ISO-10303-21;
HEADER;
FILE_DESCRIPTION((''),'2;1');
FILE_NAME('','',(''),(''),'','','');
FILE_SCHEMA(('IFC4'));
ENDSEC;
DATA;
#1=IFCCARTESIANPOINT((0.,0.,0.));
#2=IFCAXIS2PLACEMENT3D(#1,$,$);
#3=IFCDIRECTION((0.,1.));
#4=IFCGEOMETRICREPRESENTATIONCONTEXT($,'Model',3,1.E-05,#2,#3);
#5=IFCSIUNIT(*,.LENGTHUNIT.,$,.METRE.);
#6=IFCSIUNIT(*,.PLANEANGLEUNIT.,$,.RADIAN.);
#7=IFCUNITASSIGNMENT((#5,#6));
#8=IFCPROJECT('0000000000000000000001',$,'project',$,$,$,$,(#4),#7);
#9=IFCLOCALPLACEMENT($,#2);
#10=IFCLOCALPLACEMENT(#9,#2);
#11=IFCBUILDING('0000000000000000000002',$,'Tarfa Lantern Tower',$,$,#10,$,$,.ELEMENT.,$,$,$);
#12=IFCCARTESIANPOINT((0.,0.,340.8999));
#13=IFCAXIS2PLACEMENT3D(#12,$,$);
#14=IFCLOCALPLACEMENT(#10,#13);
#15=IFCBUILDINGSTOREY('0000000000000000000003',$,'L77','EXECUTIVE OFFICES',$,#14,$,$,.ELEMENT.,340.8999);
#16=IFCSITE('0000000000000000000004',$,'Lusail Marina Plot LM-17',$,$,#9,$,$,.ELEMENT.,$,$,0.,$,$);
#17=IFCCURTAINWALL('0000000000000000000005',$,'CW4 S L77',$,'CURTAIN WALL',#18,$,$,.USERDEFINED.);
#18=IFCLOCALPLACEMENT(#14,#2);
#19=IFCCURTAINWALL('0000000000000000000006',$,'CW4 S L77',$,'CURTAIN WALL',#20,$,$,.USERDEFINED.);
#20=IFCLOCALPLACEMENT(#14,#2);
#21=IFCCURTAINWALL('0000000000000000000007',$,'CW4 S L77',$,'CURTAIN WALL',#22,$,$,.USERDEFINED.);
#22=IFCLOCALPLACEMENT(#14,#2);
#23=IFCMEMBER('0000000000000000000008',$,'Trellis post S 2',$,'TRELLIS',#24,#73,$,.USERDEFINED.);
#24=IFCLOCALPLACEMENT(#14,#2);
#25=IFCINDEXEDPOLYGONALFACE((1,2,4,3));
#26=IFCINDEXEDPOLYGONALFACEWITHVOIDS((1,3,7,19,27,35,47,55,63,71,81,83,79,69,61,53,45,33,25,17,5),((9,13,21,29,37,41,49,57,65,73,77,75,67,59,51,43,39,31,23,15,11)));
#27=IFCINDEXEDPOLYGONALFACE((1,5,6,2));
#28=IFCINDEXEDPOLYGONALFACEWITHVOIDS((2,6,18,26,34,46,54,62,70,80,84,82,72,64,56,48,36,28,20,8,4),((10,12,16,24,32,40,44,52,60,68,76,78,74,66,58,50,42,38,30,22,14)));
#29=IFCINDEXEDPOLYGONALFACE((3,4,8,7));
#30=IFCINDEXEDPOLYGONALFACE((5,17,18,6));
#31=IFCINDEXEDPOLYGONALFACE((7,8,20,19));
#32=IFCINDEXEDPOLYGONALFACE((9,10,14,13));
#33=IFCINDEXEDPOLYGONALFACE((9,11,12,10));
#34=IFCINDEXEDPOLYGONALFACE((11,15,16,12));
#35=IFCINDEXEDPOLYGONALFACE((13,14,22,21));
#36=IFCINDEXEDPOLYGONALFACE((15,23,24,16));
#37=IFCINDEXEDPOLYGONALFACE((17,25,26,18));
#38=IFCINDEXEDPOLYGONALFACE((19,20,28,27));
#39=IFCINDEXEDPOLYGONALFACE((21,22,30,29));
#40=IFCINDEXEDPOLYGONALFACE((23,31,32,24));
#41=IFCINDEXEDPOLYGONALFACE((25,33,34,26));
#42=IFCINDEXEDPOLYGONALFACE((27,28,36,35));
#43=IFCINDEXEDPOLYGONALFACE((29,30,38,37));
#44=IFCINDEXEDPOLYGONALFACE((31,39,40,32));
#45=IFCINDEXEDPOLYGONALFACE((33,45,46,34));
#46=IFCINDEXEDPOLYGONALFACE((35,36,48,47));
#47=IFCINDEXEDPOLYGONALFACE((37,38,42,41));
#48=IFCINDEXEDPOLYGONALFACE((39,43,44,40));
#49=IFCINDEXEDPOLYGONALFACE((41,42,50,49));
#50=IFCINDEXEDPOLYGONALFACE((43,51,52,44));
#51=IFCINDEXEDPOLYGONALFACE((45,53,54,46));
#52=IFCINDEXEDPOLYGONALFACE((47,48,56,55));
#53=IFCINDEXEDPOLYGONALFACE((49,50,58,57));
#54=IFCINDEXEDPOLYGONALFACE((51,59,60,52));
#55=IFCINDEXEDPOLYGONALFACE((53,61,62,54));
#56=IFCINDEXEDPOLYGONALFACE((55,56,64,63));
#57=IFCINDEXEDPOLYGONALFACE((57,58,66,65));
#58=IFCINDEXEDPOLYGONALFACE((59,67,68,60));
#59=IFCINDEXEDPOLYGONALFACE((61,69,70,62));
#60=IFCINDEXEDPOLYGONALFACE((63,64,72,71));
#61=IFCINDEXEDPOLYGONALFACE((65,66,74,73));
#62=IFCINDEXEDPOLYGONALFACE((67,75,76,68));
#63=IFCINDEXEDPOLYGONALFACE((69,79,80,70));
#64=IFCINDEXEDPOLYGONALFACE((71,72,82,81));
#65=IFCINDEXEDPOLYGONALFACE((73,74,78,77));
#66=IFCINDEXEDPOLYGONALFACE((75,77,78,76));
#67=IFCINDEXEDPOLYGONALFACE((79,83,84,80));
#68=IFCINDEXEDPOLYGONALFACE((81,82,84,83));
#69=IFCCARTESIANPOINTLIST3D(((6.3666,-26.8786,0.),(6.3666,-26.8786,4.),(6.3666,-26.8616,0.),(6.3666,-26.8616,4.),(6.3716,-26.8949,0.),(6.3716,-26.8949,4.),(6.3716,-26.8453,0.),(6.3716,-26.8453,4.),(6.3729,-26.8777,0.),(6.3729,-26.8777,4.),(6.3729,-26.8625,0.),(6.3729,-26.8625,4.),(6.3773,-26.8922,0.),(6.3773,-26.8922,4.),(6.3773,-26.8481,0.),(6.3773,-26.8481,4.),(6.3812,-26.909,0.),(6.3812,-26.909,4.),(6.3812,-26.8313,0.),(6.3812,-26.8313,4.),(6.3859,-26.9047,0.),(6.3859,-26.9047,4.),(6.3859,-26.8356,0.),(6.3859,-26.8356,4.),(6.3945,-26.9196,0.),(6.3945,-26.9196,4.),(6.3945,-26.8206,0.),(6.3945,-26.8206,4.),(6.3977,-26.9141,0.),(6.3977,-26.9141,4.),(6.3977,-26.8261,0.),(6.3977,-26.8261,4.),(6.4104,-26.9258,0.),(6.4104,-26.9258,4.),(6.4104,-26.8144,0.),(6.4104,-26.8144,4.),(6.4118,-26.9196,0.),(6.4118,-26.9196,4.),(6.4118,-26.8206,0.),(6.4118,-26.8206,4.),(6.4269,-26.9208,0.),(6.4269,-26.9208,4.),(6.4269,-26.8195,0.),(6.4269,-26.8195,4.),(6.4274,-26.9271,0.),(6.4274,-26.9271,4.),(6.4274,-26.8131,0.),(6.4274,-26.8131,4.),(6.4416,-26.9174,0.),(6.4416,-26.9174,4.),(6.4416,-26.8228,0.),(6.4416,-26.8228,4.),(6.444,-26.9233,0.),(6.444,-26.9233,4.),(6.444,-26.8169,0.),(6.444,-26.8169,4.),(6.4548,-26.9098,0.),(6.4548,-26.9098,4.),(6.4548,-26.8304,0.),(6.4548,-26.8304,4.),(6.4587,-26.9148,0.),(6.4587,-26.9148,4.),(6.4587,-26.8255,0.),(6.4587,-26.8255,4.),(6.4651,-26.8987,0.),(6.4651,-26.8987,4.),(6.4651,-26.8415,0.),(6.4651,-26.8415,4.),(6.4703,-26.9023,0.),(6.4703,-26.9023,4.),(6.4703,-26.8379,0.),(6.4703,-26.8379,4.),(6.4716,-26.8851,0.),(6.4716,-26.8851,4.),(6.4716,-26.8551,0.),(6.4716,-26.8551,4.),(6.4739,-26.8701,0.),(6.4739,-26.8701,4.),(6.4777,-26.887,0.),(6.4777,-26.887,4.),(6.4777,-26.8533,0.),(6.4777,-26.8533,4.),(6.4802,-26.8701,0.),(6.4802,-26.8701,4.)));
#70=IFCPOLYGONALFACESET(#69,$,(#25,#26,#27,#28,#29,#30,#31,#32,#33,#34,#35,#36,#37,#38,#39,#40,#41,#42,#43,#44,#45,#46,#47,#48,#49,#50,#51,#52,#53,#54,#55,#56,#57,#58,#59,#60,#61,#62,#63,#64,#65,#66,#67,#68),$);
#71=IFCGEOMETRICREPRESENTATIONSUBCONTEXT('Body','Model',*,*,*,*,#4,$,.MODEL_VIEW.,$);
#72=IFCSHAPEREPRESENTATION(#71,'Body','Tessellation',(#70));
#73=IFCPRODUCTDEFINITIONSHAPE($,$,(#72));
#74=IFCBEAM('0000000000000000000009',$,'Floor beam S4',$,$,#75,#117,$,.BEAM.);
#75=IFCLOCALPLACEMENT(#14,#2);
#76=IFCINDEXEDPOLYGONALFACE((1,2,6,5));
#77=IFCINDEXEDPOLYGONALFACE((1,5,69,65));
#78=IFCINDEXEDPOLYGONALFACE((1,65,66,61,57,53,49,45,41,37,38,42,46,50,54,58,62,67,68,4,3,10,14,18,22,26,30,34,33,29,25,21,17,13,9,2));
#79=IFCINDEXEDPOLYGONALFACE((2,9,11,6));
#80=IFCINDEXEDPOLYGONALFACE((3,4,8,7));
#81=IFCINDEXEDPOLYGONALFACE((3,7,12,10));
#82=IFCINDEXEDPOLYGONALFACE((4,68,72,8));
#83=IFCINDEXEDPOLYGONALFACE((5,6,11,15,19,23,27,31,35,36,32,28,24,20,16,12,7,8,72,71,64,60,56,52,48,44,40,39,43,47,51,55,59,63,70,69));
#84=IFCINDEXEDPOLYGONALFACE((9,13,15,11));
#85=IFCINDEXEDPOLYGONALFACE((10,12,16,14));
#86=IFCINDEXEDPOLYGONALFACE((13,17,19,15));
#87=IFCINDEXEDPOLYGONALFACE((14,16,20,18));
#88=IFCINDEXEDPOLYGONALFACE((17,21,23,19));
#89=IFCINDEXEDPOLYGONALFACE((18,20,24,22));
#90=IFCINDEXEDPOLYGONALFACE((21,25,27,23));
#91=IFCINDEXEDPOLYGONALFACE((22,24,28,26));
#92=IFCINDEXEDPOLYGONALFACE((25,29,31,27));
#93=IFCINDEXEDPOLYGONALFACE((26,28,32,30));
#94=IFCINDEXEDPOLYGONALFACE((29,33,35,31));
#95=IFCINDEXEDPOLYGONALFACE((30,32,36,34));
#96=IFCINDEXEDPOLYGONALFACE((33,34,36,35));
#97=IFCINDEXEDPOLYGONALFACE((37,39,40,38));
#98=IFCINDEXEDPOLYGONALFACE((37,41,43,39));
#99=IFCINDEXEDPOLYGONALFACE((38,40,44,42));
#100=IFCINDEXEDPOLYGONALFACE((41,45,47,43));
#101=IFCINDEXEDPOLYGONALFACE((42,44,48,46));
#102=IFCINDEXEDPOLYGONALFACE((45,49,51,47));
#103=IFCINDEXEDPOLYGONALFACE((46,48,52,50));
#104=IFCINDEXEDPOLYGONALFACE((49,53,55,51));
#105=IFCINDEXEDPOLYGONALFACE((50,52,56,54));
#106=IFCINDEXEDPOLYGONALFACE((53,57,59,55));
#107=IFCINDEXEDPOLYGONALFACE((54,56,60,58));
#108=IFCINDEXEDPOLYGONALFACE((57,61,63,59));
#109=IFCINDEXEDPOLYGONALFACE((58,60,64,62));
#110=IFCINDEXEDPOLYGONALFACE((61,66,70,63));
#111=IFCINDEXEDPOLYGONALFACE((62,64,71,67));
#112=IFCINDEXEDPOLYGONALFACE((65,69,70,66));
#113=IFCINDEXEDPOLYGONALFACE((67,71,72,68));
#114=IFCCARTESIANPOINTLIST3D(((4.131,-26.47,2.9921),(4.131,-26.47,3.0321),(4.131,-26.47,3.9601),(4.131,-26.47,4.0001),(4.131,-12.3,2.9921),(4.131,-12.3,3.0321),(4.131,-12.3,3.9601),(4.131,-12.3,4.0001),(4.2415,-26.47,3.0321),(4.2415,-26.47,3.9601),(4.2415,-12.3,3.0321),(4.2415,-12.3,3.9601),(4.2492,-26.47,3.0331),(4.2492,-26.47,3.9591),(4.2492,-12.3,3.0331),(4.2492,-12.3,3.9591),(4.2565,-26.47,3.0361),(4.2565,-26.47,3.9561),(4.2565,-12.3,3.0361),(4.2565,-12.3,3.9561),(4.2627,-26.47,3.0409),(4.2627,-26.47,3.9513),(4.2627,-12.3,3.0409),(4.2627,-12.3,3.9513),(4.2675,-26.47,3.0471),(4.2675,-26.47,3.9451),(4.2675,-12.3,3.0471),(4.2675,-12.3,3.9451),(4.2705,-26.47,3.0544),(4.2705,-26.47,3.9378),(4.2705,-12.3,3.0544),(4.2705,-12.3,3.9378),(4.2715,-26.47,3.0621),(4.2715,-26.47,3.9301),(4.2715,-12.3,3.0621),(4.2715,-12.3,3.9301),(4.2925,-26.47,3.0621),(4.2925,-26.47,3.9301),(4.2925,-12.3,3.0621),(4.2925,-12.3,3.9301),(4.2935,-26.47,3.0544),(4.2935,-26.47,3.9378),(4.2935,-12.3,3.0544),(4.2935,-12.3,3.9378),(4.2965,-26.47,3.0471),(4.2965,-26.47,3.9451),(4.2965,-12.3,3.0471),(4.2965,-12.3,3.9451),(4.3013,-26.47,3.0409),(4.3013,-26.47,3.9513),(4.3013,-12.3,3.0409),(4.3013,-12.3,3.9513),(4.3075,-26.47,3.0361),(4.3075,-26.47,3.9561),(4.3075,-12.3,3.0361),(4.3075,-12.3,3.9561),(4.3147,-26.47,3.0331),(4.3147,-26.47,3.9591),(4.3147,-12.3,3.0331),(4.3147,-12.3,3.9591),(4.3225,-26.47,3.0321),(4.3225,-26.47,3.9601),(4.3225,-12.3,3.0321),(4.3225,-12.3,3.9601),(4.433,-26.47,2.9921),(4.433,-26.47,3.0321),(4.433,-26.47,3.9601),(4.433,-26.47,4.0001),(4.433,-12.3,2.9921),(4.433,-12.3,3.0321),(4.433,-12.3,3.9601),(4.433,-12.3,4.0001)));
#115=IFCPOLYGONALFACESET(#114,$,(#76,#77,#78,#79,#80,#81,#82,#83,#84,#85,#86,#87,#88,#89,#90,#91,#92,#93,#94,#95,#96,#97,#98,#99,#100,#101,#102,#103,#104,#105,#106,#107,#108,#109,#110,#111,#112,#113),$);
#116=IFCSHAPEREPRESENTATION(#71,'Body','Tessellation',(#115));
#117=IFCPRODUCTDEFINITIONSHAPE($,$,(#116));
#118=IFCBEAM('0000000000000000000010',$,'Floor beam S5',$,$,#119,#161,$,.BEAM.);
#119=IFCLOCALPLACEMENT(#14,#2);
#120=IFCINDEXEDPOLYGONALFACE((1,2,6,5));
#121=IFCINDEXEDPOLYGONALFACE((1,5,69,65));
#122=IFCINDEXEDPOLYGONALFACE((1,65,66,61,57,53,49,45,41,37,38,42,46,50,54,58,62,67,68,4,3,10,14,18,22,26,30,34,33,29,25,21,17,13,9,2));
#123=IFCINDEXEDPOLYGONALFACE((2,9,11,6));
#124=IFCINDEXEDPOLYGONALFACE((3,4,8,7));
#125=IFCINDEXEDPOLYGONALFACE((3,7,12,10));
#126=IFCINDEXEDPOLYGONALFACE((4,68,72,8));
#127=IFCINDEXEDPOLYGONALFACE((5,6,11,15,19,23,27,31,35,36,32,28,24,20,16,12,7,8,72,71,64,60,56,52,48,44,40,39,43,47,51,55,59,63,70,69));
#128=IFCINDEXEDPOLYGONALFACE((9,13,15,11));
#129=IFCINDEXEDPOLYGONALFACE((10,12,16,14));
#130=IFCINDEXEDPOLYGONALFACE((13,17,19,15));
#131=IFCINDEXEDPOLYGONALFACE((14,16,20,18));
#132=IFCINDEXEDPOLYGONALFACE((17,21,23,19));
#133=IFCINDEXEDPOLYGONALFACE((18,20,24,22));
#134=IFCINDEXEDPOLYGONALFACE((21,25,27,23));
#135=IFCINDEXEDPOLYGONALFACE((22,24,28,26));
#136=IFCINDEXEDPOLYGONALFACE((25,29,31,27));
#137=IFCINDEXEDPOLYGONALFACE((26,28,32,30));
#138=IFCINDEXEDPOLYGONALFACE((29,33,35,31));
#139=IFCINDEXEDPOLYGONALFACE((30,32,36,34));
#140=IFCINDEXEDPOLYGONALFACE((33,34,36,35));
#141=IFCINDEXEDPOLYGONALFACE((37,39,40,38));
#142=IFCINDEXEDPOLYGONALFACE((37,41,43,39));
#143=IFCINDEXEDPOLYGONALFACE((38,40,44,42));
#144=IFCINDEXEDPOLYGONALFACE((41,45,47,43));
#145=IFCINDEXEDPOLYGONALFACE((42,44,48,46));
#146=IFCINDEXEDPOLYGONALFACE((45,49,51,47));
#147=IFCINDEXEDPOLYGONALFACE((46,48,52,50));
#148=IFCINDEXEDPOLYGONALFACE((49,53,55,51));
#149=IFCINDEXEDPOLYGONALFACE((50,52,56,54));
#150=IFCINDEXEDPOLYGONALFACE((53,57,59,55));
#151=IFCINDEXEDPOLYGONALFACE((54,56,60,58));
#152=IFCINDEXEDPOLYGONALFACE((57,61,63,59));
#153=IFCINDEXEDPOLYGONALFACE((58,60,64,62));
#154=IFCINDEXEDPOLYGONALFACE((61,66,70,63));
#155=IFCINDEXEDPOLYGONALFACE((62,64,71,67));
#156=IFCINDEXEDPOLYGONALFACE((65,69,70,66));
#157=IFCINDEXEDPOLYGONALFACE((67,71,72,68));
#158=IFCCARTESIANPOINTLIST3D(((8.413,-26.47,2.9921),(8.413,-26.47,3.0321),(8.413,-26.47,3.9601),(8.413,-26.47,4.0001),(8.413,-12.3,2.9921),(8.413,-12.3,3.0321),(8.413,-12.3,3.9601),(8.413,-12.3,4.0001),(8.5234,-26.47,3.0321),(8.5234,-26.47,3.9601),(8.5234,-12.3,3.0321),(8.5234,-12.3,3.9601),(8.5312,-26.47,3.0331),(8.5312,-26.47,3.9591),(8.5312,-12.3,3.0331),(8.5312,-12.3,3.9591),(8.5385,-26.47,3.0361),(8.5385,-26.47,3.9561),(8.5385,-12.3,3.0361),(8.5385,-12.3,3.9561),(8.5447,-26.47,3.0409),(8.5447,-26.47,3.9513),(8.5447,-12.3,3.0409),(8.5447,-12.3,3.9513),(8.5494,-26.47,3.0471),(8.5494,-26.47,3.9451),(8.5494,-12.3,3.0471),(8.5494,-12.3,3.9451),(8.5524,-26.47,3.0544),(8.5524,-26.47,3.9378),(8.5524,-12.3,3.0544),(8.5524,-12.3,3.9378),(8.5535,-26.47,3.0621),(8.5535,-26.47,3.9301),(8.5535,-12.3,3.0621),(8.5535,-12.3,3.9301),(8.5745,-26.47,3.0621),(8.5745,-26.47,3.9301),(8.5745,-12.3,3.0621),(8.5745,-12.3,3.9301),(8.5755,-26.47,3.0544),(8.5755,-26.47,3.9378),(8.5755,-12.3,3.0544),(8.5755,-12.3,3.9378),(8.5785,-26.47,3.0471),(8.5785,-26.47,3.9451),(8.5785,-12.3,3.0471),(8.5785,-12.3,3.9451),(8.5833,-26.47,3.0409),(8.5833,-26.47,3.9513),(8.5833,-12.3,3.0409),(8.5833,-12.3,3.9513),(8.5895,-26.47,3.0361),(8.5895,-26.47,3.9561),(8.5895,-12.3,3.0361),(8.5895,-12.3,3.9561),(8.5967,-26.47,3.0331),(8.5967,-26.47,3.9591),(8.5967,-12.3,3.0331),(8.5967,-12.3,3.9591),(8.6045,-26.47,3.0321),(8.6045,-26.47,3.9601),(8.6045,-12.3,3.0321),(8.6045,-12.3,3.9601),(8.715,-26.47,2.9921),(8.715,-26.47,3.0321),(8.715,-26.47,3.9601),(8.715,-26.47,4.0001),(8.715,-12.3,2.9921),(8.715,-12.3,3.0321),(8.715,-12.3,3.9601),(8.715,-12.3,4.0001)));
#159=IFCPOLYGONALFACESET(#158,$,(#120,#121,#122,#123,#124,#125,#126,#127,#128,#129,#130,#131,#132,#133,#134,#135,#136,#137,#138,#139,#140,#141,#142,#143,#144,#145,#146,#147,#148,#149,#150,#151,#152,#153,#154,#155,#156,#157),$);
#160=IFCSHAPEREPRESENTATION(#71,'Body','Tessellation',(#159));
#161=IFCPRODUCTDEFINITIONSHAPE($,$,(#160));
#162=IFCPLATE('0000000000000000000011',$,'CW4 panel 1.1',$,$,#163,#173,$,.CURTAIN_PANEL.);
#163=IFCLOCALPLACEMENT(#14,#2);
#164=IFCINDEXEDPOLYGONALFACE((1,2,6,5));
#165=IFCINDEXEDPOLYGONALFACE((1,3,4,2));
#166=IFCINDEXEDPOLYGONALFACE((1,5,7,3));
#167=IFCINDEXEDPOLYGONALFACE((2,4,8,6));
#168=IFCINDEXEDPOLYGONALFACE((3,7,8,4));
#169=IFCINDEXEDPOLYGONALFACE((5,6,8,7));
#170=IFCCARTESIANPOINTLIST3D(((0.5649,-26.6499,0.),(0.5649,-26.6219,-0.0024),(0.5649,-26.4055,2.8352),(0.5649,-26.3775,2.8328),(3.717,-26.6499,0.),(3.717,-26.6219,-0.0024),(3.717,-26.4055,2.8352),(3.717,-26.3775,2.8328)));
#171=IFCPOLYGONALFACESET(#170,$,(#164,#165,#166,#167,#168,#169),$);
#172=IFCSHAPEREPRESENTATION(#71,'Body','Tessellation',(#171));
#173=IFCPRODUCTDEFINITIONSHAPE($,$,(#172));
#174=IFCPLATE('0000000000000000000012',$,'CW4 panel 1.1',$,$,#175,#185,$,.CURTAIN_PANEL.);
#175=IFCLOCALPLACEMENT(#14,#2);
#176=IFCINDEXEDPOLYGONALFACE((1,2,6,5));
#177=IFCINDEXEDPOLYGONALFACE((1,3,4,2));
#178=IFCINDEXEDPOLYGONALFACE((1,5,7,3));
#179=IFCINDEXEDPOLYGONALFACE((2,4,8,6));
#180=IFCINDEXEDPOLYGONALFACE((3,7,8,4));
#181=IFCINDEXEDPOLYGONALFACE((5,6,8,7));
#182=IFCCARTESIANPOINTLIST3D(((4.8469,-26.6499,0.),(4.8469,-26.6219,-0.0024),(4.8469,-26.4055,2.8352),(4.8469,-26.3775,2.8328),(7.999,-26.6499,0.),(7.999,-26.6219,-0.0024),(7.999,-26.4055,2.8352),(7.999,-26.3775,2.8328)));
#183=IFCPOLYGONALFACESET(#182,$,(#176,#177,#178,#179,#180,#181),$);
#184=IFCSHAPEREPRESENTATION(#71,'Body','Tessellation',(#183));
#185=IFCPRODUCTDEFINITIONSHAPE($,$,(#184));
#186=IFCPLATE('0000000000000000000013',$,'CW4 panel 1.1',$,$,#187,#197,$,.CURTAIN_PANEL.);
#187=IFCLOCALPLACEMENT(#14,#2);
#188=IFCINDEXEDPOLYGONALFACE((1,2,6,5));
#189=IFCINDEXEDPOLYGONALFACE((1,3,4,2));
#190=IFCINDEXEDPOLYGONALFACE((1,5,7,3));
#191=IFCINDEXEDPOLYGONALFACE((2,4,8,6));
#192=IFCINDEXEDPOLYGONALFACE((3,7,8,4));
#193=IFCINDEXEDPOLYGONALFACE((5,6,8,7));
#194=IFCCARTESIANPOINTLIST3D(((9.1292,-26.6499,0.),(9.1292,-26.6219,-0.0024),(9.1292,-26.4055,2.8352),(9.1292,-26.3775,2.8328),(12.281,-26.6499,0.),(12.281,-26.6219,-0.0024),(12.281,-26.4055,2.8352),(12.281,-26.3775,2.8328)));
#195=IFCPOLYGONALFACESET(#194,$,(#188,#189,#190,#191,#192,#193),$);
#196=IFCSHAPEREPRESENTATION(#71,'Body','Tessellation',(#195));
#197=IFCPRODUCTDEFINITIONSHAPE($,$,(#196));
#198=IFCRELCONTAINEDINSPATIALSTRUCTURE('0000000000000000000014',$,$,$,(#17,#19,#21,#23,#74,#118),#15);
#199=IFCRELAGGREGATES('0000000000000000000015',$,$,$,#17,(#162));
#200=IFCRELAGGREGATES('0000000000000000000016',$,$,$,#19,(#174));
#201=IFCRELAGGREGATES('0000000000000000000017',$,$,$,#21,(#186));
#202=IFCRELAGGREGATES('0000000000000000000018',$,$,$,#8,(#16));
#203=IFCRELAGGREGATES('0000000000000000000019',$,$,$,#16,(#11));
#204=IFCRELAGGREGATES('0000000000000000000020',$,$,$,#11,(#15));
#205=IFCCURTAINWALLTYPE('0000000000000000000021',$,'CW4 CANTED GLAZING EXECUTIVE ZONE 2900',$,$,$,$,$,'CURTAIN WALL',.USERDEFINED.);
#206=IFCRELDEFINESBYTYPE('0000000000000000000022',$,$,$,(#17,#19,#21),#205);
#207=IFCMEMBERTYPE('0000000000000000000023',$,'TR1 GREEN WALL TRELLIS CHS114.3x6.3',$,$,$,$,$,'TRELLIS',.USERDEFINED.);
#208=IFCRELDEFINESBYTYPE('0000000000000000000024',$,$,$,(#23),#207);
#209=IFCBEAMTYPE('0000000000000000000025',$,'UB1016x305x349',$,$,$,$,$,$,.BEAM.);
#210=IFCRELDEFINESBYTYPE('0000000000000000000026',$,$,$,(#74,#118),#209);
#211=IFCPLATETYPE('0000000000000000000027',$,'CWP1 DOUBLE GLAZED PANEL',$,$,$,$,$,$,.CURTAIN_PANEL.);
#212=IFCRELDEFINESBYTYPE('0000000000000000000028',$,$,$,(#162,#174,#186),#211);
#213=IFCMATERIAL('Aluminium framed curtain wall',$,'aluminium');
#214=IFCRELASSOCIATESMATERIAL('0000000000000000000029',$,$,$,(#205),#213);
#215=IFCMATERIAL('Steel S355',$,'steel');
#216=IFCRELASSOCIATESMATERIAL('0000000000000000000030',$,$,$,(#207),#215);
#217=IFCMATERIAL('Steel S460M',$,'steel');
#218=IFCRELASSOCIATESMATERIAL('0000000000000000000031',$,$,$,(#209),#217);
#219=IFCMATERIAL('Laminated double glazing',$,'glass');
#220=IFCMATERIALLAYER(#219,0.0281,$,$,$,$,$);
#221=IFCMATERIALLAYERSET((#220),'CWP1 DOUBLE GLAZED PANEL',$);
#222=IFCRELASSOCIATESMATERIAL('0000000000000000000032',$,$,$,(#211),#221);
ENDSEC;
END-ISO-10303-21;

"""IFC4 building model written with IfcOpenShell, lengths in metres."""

from ifc_helpers import new_model, si_unit, direction, frame, origin, origin_2d, place, context, subcontext, project, spatial, polyline, hollow_circle, i_section, outline, extrude, material, layer, layer_set, material_profile, profile_set, type_object, element, aggregate, save


model = new_model("IFC4")

# Units and contexts
model_context = context("Model", 3, precision=1e-05, world=origin(), true_north=direction((0.0, 1.0)))
body_context = subcontext(model_context, "Body", "Model", "MODEL_VIEW")
ifc_project = project(units=[si_unit("LENGTHUNIT", "METRE"), si_unit("PLANEANGLEUNIT", "RADIAN")], contexts=[model_context])

# Site, building, storey
site_placement = place(None, origin())
site = spatial("IfcSite", under=ifc_project, at=site_placement, Name="Lusail Marina Plot LM-17", CompositionType="ELEMENT", RefElevation=0.0)
building_placement = place(site_placement, origin())
building = spatial("IfcBuilding", under=site, at=building_placement, Name="Tarfa Lantern Tower", CompositionType="ELEMENT")
storey_placement = place(building_placement, frame((0.0, 0.0, 340.8999)))
storey = spatial("IfcBuildingStorey", under=building, at=storey_placement, Name="L77", Description="EXECUTIVE OFFICES", CompositionType="ELEMENT", Elevation=340.8999)

# Curtain walls
ifc_material_1 = material(Name="Aluminium framed curtain wall", Category="aluminium")
curtain_wall_type = type_object("IfcCurtainWallType", Name="CW4 CANTED GLAZING EXECUTIVE ZONE 2900", ElementType="CURTAIN WALL", PredefinedType="USERDEFINED", material=ifc_material_1)
curtain_wall_1_placement = place(storey_placement, origin())
curtain_wall_1 = element("IfcCurtainWall", 1, at=curtain_wall_1_placement, inside=storey, type_object=curtain_wall_type, Name="CW4 S L77", ObjectType="CURTAIN WALL", PredefinedType="USERDEFINED")
curtain_wall_2_placement = place(storey_placement, origin())
curtain_wall_2 = element("IfcCurtainWall", 2, at=curtain_wall_2_placement, inside=storey, type_object=curtain_wall_type, Name="CW4 S L77", ObjectType="CURTAIN WALL", PredefinedType="USERDEFINED")

# Curtain wall
curtain_wall_3_placement = place(storey_placement, origin())
curtain_wall_3 = element("IfcCurtainWall", 3, at=curtain_wall_3_placement, inside=storey, type_object=curtain_wall_type, Name="CW4 S L77", ObjectType="CURTAIN WALL", PredefinedType="USERDEFINED")

# Member
ifc_material_2 = material(Name="Steel S355", Category="steel")
ifc_material_profile_1 = material_profile(ifc_material_2, hollow_circle(Radius=0.0571, WallThickness=0.0063, at=origin_2d()), Name="CHS114.3x6.3")
ifc_profile_set_1 = profile_set([ifc_material_profile_1], Name="Steel S355")
member_type_1 = type_object("IfcMemberType", Name="TR1 GREEN WALL TRELLIS CHS114.3x6.3", ElementType="TRELLIS", PredefinedType="USERDEFINED", material=ifc_profile_set_1)
member_1_placement = place(storey_placement, frame((6.4231, -26.8701, 0.0), z_axis=(0.0, 0.0, 1.0), x_axis=(1.0, 0.0, 0.0)))
element("IfcMember", 4, at=member_1_placement, inside=storey, type_object=member_type_1, Name="Trellis post S 2", ObjectType="TRELLIS", PredefinedType="USERDEFINED", context=body_context, shape_type="SweptSolid", body=[
    extrude(hollow_circle(Radius=0.0571, WallThickness=0.0063, at=origin_2d()), origin(), (0.0, 0.0, 1.0), 4.0),
])

# Beams
ifc_material_3 = material(Name="Steel S460M", Category="steel")
ifc_material_profile_2 = material_profile(ifc_material_3, i_section(OverallWidth=0.302, OverallDepth=1.0081, WebThickness=0.021, FlangeThickness=0.04, FilletRadius=0.03, at=origin_2d()), Name="UB1016x305x349")
ifc_profile_set_2 = profile_set([ifc_material_profile_2], Name="Steel S460M")
beam_type_1 = type_object("IfcBeamType", Name="UB1016x305x349", PredefinedType="BEAM", material=ifc_profile_set_2)
for number, where, z_axis, x_axis, name in (
    (5, (4.282, -26.47, 3.4961), (0.0, 1.0, 0.0), (-1.0, 0.0, 0.0), "Floor beam S4"),
    (6, (8.564, -26.47, 3.4961), (0.0, 1.0, 0.0), (-1.0, 0.0, 0.0), "Floor beam S5"),
):
    element("IfcBeam", number, at=place(storey_placement, frame(where, z_axis=z_axis, x_axis=x_axis)), inside=storey, type_object=beam_type_1, Name=name, PredefinedType="BEAM", context=body_context, shape_type="SweptSolid", body=[
        extrude(i_section(OverallWidth=0.302, OverallDepth=1.0081, WebThickness=0.021, FlangeThickness=0.04, FilletRadius=0.03, at=origin_2d()), origin(), (0.0, 0.0, 1.0), 14.1699),
    ])

# Plates
ifc_material_4 = material(Name="Laminated double glazing", Category="glass")
ifc_layer_1 = layer(ifc_material_4, 0.0281)
ifc_layer_set_1 = layer_set([ifc_layer_1], Name="CWP1 DOUBLE GLAZED PANEL")
plate_type = type_object("IfcPlateType", Name="CWP1 DOUBLE GLAZED PANEL", PredefinedType="CURTAIN_PANEL", material=ifc_layer_set_1)
plate_1_placement = place(storey_placement, frame((0.5649, -26.6499, 0.0), z_axis=(0.0, -0.996306, 0.085878), x_axis=(1.0, 0.0, 0.0)))
plate_1 = element("IfcPlate", 7, at=plate_1_placement, type_object=plate_type, Name="CW4 panel 1.1", PredefinedType="CURTAIN_PANEL", context=body_context, shape_type="SweptSolid", body=[
    extrude(outline(polyline([(0.0, 0.0), (3.1521, 0.0), (3.1521, 2.8457), (0.0, 2.8457), (0.0, 0.0)])), origin(), (0.0, 0.0, -1.0), 0.0281),
])
aggregate(curtain_wall_1, [plate_1])
plate_2_placement = place(storey_placement, frame((4.8469, -26.6499, 0.0), z_axis=(0.0, -0.996306, 0.085878), x_axis=(1.0, 0.0, 0.0)))
plate_2 = element("IfcPlate", 8, at=plate_2_placement, type_object=plate_type, Name="CW4 panel 1.1", PredefinedType="CURTAIN_PANEL", context=body_context, shape_type="SweptSolid", body=[
    extrude(outline(polyline([(0.0, 0.0), (3.1521, 0.0), (3.1521, 2.8457), (0.0, 2.8457), (0.0, 0.0)])), origin(), (0.0, 0.0, -1.0), 0.0281),
])
aggregate(curtain_wall_2, [plate_2])
plate_3_placement = place(storey_placement, frame((9.1292, -26.6499, 0.0), z_axis=(0.0, -0.996306, 0.085878), x_axis=(1.0, 0.0, 0.0)))
plate_3 = element("IfcPlate", 9, at=plate_3_placement, type_object=plate_type, Name="CW4 panel 1.1", PredefinedType="CURTAIN_PANEL", context=body_context, shape_type="SweptSolid", body=[
    extrude(outline(polyline([(0.0, 0.0), (3.1519, 0.0), (3.1519, 2.8457), (0.0, 2.8457), (0.0, 0.0)])), origin(), (0.0, 0.0, -1.0), 0.0281),
])
aggregate(curtain_wall_3, [plate_3])

save(model, "model.ifc")
